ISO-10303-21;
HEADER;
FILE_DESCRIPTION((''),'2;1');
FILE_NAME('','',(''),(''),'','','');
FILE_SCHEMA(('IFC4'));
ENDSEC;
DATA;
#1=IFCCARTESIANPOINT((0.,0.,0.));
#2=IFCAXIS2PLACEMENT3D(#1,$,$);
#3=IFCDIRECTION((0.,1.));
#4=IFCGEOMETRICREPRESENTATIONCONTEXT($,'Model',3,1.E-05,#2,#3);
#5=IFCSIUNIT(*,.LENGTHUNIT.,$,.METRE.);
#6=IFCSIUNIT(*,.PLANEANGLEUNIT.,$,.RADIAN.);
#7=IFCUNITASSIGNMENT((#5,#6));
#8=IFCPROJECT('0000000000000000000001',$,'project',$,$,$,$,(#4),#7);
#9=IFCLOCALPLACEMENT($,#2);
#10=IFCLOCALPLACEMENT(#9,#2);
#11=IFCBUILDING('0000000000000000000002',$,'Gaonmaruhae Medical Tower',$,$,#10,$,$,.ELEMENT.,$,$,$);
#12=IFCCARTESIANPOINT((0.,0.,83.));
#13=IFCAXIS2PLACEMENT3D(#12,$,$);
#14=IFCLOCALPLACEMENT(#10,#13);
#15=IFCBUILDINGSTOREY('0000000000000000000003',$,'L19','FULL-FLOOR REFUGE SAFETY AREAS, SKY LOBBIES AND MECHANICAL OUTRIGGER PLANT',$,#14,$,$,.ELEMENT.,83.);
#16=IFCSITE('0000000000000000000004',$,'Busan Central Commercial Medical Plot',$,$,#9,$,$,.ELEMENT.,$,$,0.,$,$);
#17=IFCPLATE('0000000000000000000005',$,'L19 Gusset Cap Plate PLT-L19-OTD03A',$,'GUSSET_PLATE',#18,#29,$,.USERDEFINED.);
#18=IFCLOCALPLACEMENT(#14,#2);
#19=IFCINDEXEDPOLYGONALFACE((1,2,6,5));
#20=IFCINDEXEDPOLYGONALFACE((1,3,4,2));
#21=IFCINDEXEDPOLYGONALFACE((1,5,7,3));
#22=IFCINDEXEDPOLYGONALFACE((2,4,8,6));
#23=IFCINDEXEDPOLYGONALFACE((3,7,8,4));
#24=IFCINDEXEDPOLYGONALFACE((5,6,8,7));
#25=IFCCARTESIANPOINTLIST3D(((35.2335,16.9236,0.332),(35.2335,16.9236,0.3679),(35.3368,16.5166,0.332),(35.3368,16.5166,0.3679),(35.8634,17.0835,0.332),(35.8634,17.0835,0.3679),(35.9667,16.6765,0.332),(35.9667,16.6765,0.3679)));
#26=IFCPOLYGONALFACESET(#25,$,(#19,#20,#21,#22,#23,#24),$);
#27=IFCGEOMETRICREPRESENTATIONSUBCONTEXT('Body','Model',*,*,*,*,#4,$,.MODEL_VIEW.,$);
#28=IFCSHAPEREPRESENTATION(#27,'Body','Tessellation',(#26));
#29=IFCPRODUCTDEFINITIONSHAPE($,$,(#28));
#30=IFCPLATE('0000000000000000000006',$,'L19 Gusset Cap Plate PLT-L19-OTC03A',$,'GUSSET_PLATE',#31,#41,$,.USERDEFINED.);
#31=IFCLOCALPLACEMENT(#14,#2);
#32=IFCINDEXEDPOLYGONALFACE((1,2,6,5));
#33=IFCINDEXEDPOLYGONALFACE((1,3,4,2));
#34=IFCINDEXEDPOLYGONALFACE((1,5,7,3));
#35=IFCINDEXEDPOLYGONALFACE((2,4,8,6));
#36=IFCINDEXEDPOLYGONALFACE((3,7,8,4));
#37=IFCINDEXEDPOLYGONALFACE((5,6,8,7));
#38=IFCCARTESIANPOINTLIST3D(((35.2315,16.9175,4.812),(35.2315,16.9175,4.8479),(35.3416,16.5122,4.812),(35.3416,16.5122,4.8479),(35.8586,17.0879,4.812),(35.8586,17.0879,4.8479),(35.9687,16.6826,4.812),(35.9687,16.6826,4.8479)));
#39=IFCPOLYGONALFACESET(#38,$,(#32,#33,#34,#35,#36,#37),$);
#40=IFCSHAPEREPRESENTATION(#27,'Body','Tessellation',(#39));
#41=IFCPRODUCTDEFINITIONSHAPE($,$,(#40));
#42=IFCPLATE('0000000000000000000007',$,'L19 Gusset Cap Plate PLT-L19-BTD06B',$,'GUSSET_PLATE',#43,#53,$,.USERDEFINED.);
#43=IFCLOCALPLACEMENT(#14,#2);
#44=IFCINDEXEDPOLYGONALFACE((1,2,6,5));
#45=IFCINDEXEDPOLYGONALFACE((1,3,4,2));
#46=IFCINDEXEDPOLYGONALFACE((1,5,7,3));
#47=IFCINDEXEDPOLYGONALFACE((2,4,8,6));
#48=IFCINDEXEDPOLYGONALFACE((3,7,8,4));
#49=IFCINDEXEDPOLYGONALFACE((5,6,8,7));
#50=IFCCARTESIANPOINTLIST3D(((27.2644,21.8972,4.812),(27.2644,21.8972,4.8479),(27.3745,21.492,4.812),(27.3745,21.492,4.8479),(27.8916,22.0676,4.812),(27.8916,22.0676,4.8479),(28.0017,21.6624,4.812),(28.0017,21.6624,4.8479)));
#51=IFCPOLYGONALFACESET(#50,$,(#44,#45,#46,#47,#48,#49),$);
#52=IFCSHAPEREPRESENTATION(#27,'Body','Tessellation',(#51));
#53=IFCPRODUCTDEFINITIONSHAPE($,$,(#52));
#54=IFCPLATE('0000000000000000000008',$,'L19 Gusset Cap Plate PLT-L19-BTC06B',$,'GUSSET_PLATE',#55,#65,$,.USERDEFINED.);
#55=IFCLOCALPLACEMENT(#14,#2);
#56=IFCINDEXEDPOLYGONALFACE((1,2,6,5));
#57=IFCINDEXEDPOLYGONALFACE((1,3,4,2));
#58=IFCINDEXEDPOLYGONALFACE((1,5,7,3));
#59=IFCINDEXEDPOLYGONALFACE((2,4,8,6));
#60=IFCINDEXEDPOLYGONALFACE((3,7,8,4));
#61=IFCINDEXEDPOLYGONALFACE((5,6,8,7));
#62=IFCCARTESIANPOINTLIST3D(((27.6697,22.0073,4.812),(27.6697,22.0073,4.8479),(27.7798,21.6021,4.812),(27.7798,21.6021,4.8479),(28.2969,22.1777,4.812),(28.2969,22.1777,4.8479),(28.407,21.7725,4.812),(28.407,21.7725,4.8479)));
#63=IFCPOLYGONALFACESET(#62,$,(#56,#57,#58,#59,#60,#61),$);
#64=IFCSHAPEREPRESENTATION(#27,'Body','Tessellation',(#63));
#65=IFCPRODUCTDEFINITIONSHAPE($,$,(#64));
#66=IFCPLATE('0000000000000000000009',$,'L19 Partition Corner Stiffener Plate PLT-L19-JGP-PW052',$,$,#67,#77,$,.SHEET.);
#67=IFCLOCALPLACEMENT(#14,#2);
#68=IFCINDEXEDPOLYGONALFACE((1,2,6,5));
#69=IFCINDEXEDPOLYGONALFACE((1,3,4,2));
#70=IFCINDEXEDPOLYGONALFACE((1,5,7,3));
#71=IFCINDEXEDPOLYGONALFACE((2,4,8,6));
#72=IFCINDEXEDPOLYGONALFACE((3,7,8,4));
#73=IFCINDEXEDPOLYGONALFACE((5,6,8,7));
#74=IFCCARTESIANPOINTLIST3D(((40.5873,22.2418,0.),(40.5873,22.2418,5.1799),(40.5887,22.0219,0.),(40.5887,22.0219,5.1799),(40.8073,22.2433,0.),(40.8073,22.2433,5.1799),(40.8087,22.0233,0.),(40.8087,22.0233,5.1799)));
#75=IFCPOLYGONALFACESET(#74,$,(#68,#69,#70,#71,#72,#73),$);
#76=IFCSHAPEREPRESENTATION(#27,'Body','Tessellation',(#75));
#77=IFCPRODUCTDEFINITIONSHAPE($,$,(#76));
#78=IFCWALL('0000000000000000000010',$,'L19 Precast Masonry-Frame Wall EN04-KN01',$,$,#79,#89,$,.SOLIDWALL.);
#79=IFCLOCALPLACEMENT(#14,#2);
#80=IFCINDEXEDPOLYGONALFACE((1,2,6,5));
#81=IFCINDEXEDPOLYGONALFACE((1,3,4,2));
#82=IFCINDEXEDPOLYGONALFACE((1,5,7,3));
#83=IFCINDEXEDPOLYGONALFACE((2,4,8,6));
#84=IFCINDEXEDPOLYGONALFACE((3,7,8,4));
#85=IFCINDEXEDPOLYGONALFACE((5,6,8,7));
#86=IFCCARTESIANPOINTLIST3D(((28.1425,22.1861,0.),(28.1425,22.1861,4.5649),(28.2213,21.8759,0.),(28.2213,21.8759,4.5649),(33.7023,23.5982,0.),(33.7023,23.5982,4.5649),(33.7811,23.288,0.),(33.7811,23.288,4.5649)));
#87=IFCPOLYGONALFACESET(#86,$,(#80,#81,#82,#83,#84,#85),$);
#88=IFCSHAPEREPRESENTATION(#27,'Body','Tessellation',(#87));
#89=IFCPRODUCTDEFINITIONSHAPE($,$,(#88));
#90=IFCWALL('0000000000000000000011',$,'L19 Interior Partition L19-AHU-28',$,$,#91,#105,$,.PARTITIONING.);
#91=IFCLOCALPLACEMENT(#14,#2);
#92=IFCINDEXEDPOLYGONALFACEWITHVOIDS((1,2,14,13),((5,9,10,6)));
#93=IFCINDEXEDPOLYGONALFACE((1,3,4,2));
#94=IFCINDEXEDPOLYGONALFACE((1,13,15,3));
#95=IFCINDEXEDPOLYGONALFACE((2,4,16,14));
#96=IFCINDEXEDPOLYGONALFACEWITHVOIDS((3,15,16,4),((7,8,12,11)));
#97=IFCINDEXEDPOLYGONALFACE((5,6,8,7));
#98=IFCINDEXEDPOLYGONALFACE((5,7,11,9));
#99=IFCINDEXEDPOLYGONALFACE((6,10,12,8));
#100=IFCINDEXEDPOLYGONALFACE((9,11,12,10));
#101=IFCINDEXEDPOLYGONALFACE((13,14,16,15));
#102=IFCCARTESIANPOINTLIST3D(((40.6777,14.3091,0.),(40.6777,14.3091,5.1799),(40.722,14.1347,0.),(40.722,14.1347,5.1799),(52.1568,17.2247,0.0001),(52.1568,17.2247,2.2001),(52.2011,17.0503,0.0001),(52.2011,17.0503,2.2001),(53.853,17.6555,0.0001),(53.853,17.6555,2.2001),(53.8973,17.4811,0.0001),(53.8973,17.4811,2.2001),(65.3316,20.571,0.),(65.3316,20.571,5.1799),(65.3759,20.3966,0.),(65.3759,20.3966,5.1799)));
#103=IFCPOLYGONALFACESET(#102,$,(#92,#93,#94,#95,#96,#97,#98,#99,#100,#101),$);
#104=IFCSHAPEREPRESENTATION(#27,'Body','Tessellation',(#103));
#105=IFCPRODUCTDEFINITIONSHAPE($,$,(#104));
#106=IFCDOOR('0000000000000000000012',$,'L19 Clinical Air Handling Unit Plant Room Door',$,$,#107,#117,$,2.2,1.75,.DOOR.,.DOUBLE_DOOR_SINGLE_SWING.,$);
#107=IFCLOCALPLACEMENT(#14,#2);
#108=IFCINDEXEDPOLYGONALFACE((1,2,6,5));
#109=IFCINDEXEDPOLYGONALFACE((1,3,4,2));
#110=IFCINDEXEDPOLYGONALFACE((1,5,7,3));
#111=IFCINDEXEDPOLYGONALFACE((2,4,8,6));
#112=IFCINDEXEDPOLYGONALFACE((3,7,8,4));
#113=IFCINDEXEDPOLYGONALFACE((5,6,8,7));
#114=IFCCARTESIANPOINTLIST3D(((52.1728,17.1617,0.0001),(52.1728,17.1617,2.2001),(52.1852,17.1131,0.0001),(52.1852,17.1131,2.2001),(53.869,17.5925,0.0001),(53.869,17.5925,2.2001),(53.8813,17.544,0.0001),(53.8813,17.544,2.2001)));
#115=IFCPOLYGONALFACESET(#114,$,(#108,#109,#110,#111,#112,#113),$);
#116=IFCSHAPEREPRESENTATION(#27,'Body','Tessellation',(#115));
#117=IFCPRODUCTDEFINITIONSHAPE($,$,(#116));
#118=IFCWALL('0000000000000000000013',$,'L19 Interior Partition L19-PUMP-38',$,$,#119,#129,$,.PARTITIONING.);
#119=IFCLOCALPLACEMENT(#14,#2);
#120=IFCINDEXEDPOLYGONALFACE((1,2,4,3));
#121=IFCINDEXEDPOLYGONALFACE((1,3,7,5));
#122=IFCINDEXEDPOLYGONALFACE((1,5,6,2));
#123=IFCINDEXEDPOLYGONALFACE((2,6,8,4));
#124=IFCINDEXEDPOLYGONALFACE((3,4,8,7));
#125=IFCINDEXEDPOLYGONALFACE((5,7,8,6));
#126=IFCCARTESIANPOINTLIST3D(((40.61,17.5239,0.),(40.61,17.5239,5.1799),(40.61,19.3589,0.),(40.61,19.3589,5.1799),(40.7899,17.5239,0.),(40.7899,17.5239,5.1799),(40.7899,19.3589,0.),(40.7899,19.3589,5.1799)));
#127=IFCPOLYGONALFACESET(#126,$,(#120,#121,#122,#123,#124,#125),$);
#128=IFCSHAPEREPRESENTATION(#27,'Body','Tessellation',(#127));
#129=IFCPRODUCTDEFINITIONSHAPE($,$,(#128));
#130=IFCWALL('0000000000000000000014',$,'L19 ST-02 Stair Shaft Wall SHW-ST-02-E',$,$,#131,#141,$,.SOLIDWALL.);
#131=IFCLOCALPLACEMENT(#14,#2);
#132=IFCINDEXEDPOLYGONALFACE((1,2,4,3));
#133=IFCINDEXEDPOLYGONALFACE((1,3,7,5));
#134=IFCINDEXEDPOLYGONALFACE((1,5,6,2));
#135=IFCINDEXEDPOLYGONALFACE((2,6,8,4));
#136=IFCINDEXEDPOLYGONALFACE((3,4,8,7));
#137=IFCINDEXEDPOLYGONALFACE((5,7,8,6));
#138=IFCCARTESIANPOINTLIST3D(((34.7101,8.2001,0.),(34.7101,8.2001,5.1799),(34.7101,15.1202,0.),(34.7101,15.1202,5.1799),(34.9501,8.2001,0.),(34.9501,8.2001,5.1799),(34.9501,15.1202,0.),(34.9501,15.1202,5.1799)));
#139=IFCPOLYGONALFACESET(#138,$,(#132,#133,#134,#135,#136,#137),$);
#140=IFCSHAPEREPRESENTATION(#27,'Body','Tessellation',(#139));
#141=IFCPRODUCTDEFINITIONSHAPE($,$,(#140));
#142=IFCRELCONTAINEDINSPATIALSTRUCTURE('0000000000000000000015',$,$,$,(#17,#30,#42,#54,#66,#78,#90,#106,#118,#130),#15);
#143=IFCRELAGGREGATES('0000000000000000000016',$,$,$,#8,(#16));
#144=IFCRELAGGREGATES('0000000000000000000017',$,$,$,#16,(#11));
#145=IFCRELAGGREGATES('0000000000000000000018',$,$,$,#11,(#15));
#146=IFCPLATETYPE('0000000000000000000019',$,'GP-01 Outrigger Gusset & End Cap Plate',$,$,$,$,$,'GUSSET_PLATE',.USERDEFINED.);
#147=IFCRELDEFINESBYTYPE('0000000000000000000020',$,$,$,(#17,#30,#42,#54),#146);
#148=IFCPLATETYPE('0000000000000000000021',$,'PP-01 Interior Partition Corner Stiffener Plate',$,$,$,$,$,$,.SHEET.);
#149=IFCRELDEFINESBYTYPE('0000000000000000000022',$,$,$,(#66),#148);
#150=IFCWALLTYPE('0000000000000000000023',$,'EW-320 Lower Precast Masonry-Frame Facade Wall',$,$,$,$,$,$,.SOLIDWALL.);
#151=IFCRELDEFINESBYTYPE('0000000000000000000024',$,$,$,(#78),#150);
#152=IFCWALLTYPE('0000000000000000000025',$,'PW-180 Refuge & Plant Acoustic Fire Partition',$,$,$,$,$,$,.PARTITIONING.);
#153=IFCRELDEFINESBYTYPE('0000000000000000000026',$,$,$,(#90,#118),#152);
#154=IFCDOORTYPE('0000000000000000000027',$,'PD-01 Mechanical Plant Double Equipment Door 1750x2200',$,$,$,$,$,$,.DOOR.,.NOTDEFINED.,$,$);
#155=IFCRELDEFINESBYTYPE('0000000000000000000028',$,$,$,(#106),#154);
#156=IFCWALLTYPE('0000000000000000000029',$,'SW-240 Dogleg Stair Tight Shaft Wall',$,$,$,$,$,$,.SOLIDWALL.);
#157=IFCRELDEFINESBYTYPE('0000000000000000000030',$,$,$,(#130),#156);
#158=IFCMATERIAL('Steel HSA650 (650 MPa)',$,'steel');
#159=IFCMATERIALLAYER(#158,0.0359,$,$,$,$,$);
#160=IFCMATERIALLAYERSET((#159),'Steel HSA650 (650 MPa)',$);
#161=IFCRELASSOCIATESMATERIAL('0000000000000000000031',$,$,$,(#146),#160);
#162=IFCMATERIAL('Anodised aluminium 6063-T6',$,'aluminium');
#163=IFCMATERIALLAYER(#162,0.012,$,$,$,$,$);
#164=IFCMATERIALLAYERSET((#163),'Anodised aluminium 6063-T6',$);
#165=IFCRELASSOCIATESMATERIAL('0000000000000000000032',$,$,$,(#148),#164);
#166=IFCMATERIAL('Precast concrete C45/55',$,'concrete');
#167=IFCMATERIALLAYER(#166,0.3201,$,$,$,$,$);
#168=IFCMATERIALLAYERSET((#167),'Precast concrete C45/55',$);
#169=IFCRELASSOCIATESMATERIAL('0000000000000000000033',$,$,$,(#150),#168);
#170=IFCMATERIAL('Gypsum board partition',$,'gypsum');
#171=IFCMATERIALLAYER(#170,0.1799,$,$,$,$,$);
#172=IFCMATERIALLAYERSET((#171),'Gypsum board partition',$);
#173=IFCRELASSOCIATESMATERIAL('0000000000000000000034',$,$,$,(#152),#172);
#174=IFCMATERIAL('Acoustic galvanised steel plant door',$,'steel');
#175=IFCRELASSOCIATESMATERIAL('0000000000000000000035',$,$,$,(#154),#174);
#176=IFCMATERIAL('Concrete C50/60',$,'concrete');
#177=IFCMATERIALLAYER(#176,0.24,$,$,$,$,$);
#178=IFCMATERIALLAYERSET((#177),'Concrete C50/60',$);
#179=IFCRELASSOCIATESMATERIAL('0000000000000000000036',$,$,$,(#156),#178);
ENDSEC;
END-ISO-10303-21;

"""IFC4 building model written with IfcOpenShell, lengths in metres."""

from ifc_helpers import new_model, si_unit, direction, frame, frame_2d, origin, origin_2d, place, context, subcontext, project, spatial, rectangle, extrude, material, layer, layer_set, type_object, element, fill, save


model = new_model("IFC4")

# Units and contexts
model_context = context("Model", 3, precision=1e-05, world=origin(), true_north=direction((0.0, 1.0)))
body_context = subcontext(model_context, "Body", "Model", "MODEL_VIEW")
ifc_project = project(units=[si_unit("LENGTHUNIT", "METRE"), si_unit("PLANEANGLEUNIT", "RADIAN")], contexts=[model_context])

# Site, building, storey
site_placement = place(None, origin())
site = spatial("IfcSite", under=ifc_project, at=site_placement, Name="Busan Central Commercial Medical Plot", CompositionType="ELEMENT", RefElevation=0.0)
building_placement = place(site_placement, origin())
building = spatial("IfcBuilding", under=site, at=building_placement, Name="Gaonmaruhae Medical Tower", CompositionType="ELEMENT")
storey_placement = place(building_placement, frame((0.0, 0.0, 83.0)))
storey = spatial("IfcBuildingStorey", under=building, at=storey_placement, Name="L19", Description="FULL-FLOOR REFUGE SAFETY AREAS, SKY LOBBIES AND MECHANICAL OUTRIGGER PLANT", CompositionType="ELEMENT", Elevation=83.0)

# Shared definitions
ifc_material_1 = material(Name="Steel HSA650 (650 MPa)", Category="steel")

# Plates
ifc_layer_1 = layer(ifc_material_1, 0.0359)
ifc_layer_set_1 = layer_set([ifc_layer_1], Name="Steel HSA650 (650 MPa)")
plate_type_1 = type_object("IfcPlateType", Name="GP-01 Outrigger Gusset & End Cap Plate", ElementType="GUSSET_PLATE", PredefinedType="USERDEFINED", material=ifc_layer_set_1)
for number, where, z_axis, x_axis, name in (
    (1, (35.6001, 16.8, 0.332), (0.0, 0.0, 1.0), (0.969231, 0.246153, 0.0), "L19 Gusset Cap Plate PLT-L19-OTD03A"),
    (2, (35.6001, 16.8, 4.812), (0.0, 0.0, 1.0), (0.965016, 0.262189, 0.0), "L19 Gusset Cap Plate PLT-L19-OTC03A"),
    (3, (27.6331, 21.7798, 4.812), (0.0, 0.0, 1.0), (0.965016, 0.262189, 0.0), "L19 Gusset Cap Plate PLT-L19-BTD06B"),
    (4, (28.0383, 21.8899, 4.812), (0.0, 0.0, 1.0), (0.965016, 0.262189, 0.0), "L19 Gusset Cap Plate PLT-L19-BTC06B"),
):
    element("IfcPlate", number, at=place(storey_placement, frame(where, z_axis=z_axis, x_axis=x_axis)), inside=storey, type_object=plate_type_1, Name=name, ObjectType="GUSSET_PLATE", PredefinedType="USERDEFINED", context=body_context, shape_type="SweptSolid", body=[
        extrude(rectangle(XDim=0.6499, YDim=0.4199, at=origin_2d()), origin(), (0.0, 0.0, 1.0), 0.0359),
    ])
ifc_material_2 = material(Name="Anodised aluminium 6063-T6", Category="aluminium")
ifc_layer_2 = layer(ifc_material_2, 0.012)
ifc_layer_set_2 = layer_set([ifc_layer_2], Name="Anodised aluminium 6063-T6")
plate_type_2 = type_object("IfcPlateType", Name="PP-01 Interior Partition Corner Stiffener Plate", PredefinedType="SHEET", material=ifc_layer_set_2)
plate_placement = place(storey_placement, frame((40.698, 22.1326, 0.0), z_axis=(0.0, 0.0, 1.0), x_axis=(-0.006527, 0.999979, 0.0)))
element("IfcPlate", 5, at=plate_placement, inside=storey, type_object=plate_type_2, Name="L19 Partition Corner Stiffener Plate PLT-L19-JGP-PW052", PredefinedType="SHEET", context=body_context, shape_type="SweptSolid", body=[
    extrude(rectangle(XDim=0.22, YDim=0.22, at=origin_2d()), origin(), (0.0, 0.0, 1.0), 5.1799),
])

# Wall
ifc_material_3 = material(Name="Precast concrete C45/55", Category="concrete")
ifc_layer_3 = layer(ifc_material_3, 0.3201)
ifc_layer_set_3 = layer_set([ifc_layer_3], Name="Precast concrete C45/55")
wall_type_1 = type_object("IfcWallType", Name="EW-320 Lower Precast Masonry-Frame Facade Wall", PredefinedType="SOLIDWALL", material=ifc_layer_set_3)
wall_1_placement = place(storey_placement, frame((28.1819, 22.031, 0.0), z_axis=(0.0, 0.0, 1.0), x_axis=(0.969227, 0.246169, 0.0)))
element("IfcWall", 6, at=wall_1_placement, inside=storey, type_object=wall_type_1, Name="L19 Precast Masonry-Frame Wall EN04-KN01", PredefinedType="SOLIDWALL", context=body_context, shape_type="SweptSolid", body=[
    extrude(rectangle(XDim=5.7363, YDim=0.3201, at=frame_2d((2.8682, 0.0))), origin(), (0.0, 0.0, 1.0), 4.5649),
])

# Wall, opening, door
ifc_material_4 = material(Name="Gypsum board partition", Category="gypsum")
ifc_layer_4 = layer(ifc_material_4, 0.1799)
ifc_layer_set_4 = layer_set([ifc_layer_4], Name="Gypsum board partition")
wall_type_2 = type_object("IfcWallType", Name="PW-180 Refuge & Plant Acoustic Fire Partition", PredefinedType="PARTITIONING", material=ifc_layer_set_4)
wall_2_placement = place(storey_placement, frame((40.7, 14.2219, 0.0), z_axis=(0.0, 0.0, 1.0), x_axis=(0.969225, 0.246177, 0.0)))
wall_2 = element("IfcWall", 7, at=wall_2_placement, inside=storey, type_object=wall_type_2, Name="L19 Interior Partition L19-AHU-28", PredefinedType="PARTITIONING", context=body_context, shape_type="SweptSolid", body=[
    extrude(rectangle(XDim=25.4368, YDim=0.1799, at=frame_2d((12.7183, 0.0))), origin(), (0.0, 0.0, 1.0), 5.1799),
])
opening_1_placement = place(wall_2_placement, frame((11.8435, 0.0, 0.0)))
opening_1 = element("IfcOpeningElement", 8, at=opening_1_placement, cuts=wall_2, PredefinedType="OPENING", context=body_context, shape_type="SweptSolid", body=[
    extrude(rectangle(XDim=1.75, YDim=2.2, at=frame_2d((0.875, 1.1001))), frame((0.0, 0.1001, 0.0), z_axis=(0.0, -1.0, 0.0), x_axis=(1.0, 0.0, 0.0)), (0.0, 0.0, 1.0), 0.2),
])
ifc_material_5 = material(Name="Acoustic galvanised steel plant door", Category="steel")
door_type_1 = type_object("IfcDoorType", Name="PD-01 Mechanical Plant Double Equipment Door 1750x2200", OperationType="NOTDEFINED", PredefinedType="DOOR", material=ifc_material_5)
door_1_placement = place(opening_1_placement, origin())
door_1 = element("IfcDoor", 9, at=door_1_placement, inside=storey, type_object=door_type_1, Name="L19 Clinical Air Handling Unit Plant Room Door", OperationType="DOUBLE_DOOR_SINGLE_SWING", OverallHeight=2.2, OverallWidth=1.75, PredefinedType="DOOR", context=body_context, shape_type="SweptSolid", body=[
    extrude(rectangle(XDim=1.75, YDim=2.2, at=frame_2d((0.875, 1.1001))), frame((0.0, 0.0249, 0.0), z_axis=(0.0, -1.0, 0.0), x_axis=(1.0, 0.0, 0.0)), (0.0, 0.0, 1.0), 0.05),
])
fill(opening_1, door_1)

# Wall
wall_3_placement = place(storey_placement, frame((40.7, 17.5239, 0.0), z_axis=(0.0, 0.0, 1.0), x_axis=(0.0, 1.0, 0.0)))
element("IfcWall", 10, at=wall_3_placement, inside=storey, type_object=wall_type_2, Name="L19 Interior Partition L19-PUMP-38", PredefinedType="PARTITIONING", context=body_context, shape_type="SweptSolid", body=[
    extrude(rectangle(XDim=1.835, YDim=0.1799, at=frame_2d((0.9175, 0.0))), origin(), (0.0, 0.0, 1.0), 5.1799),
])

# Shared definitions
ifc_material_6 = material(Name="Concrete C50/60", Category="concrete")
ifc_layer_5 = layer(ifc_material_6, 0.24)
ifc_layer_set_5 = layer_set([ifc_layer_5], Name="Concrete C50/60")
wall_type_3 = type_object("IfcWallType", Name="SW-240 Dogleg Stair Tight Shaft Wall", PredefinedType="SOLIDWALL", material=ifc_layer_set_5)

# Wall
wall_4_placement = place(storey_placement, frame((34.8301, 15.1201, 0.0), z_axis=(0.0, 0.0, 1.0), x_axis=(0.0, -1.0, 0.0)))
element("IfcWall", 11, at=wall_4_placement, inside=storey, type_object=wall_type_3, Name="L19 ST-02 Stair Shaft Wall SHW-ST-02-E", PredefinedType="SOLIDWALL", context=body_context, shape_type="SweptSolid", body=[
    extrude(rectangle(XDim=6.9202, YDim=0.24, at=frame_2d((3.46, 0.0))), origin(), (0.0, 0.0, 1.0), 5.1799),
])

save(model, "model.ifc")
